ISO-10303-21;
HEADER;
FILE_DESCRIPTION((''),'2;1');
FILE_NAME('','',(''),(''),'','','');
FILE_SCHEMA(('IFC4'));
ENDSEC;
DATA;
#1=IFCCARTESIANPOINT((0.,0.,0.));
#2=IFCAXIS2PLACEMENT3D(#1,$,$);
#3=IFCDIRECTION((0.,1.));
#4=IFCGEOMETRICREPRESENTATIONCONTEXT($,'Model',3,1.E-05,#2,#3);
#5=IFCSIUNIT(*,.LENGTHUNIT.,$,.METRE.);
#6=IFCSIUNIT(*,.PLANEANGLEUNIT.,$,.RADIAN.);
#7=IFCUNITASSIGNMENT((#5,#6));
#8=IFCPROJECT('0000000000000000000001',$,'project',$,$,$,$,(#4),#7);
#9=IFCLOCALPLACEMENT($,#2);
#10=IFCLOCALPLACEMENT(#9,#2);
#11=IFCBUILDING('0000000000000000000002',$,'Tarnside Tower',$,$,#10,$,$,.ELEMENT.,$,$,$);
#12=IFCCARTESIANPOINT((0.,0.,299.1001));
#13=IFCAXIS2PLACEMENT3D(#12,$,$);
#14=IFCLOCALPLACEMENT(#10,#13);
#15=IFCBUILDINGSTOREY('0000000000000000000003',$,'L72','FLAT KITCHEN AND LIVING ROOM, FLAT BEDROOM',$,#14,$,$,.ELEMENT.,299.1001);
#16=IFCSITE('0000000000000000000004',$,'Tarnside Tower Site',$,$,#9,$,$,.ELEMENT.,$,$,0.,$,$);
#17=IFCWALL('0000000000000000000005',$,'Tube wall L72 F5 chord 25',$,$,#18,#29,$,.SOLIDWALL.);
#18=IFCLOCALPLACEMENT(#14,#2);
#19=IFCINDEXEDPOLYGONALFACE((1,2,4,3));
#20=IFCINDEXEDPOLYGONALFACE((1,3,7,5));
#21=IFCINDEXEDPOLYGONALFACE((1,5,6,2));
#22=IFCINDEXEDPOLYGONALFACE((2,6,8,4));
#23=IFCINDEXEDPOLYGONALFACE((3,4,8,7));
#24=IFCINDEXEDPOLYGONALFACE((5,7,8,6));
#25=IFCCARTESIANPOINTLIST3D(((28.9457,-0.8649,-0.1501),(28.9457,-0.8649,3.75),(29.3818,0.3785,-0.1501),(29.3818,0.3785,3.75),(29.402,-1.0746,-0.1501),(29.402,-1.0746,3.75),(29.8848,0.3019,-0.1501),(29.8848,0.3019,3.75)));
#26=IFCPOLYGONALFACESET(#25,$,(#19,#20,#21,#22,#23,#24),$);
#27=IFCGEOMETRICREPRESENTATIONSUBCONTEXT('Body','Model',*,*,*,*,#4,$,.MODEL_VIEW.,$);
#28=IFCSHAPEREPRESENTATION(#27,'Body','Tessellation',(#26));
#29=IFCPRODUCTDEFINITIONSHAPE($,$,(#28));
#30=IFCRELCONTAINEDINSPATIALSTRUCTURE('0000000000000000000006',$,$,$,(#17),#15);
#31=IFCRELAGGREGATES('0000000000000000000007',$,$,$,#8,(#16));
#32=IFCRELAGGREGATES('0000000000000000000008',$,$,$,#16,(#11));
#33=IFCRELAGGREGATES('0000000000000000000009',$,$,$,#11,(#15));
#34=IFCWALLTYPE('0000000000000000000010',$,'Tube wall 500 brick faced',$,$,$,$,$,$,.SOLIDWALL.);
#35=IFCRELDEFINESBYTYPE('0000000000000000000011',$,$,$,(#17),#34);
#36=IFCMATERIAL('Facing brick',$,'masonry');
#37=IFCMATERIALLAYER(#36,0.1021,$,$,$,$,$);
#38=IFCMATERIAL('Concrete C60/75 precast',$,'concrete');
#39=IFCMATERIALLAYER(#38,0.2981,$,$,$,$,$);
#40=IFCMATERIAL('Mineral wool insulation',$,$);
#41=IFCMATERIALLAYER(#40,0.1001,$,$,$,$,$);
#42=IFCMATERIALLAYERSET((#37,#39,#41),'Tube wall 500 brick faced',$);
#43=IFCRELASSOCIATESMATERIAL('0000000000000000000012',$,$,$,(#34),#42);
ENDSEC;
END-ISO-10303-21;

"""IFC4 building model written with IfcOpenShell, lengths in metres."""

from ifc_helpers import new_model, si_unit, direction, frame, origin, place, context, subcontext, project, spatial, polyline, outline, extrude, material, layer, layer_set, type_object, element, save


model = new_model("IFC4")

# Units and contexts
model_context = context("Model", 3, precision=1e-05, world=origin(), true_north=direction((0.0, 1.0)))
body_context = subcontext(model_context, "Body", "Model", "MODEL_VIEW")
ifc_project = project(units=[si_unit("LENGTHUNIT", "METRE"), si_unit("PLANEANGLEUNIT", "RADIAN")], contexts=[model_context])

# Site, building, storey
site_placement = place(None, origin())
site = spatial("IfcSite", under=ifc_project, at=site_placement, Name="Tarnside Tower Site", CompositionType="ELEMENT", RefElevation=0.0)
building_placement = place(site_placement, origin())
building = spatial("IfcBuilding", under=site, at=building_placement, Name="Tarnside Tower", CompositionType="ELEMENT")
storey_placement = place(building_placement, frame((0.0, 0.0, 299.1001)))
storey = spatial("IfcBuildingStorey", under=building, at=storey_placement, Name="L72", Description="FLAT KITCHEN AND LIVING ROOM, FLAT BEDROOM", CompositionType="ELEMENT", Elevation=299.1001)

# Wall
ifc_material_1 = material(Name="Facing brick", Category="masonry")
ifc_layer_1 = layer(ifc_material_1, 0.1021)
ifc_material_2 = material(Name="Concrete C60/75 precast", Category="concrete")
ifc_layer_2 = layer(ifc_material_2, 0.2981)
ifc_material_3 = material(Name="Mineral wool insulation")
ifc_layer_3 = layer(ifc_material_3, 0.1001)
ifc_layer_set_1 = layer_set([ifc_layer_1, ifc_layer_2, ifc_layer_3], Name="Tube wall 500 brick faced")
wall_type_1 = type_object("IfcWallType", Name="Tube wall 500 brick faced", PredefinedType="SOLIDWALL", material=ifc_layer_set_1)
wall_1_placement = place(storey_placement, frame((29.1738, -0.9697, -0.1501), z_axis=(0.0, 0.0, 1.0), x_axis=(0.330961, 0.943644, 0.0)))
element("IfcWall", 1, at=wall_1_placement, inside=storey, type_object=wall_type_1, Name="Tube wall L72 F5 chord 25", PredefinedType="SOLIDWALL", context=body_context, shape_type="SweptSolid", body=[
    extrude(outline(polyline([(-0.0234, -0.25), (1.4353, -0.25), (1.3411, 0.25), (0.0234, 0.25), (-0.0234, -0.25)])), origin(), (0.0, 0.0, 1.0), 3.9001),
])

save(model, "model.ifc")
